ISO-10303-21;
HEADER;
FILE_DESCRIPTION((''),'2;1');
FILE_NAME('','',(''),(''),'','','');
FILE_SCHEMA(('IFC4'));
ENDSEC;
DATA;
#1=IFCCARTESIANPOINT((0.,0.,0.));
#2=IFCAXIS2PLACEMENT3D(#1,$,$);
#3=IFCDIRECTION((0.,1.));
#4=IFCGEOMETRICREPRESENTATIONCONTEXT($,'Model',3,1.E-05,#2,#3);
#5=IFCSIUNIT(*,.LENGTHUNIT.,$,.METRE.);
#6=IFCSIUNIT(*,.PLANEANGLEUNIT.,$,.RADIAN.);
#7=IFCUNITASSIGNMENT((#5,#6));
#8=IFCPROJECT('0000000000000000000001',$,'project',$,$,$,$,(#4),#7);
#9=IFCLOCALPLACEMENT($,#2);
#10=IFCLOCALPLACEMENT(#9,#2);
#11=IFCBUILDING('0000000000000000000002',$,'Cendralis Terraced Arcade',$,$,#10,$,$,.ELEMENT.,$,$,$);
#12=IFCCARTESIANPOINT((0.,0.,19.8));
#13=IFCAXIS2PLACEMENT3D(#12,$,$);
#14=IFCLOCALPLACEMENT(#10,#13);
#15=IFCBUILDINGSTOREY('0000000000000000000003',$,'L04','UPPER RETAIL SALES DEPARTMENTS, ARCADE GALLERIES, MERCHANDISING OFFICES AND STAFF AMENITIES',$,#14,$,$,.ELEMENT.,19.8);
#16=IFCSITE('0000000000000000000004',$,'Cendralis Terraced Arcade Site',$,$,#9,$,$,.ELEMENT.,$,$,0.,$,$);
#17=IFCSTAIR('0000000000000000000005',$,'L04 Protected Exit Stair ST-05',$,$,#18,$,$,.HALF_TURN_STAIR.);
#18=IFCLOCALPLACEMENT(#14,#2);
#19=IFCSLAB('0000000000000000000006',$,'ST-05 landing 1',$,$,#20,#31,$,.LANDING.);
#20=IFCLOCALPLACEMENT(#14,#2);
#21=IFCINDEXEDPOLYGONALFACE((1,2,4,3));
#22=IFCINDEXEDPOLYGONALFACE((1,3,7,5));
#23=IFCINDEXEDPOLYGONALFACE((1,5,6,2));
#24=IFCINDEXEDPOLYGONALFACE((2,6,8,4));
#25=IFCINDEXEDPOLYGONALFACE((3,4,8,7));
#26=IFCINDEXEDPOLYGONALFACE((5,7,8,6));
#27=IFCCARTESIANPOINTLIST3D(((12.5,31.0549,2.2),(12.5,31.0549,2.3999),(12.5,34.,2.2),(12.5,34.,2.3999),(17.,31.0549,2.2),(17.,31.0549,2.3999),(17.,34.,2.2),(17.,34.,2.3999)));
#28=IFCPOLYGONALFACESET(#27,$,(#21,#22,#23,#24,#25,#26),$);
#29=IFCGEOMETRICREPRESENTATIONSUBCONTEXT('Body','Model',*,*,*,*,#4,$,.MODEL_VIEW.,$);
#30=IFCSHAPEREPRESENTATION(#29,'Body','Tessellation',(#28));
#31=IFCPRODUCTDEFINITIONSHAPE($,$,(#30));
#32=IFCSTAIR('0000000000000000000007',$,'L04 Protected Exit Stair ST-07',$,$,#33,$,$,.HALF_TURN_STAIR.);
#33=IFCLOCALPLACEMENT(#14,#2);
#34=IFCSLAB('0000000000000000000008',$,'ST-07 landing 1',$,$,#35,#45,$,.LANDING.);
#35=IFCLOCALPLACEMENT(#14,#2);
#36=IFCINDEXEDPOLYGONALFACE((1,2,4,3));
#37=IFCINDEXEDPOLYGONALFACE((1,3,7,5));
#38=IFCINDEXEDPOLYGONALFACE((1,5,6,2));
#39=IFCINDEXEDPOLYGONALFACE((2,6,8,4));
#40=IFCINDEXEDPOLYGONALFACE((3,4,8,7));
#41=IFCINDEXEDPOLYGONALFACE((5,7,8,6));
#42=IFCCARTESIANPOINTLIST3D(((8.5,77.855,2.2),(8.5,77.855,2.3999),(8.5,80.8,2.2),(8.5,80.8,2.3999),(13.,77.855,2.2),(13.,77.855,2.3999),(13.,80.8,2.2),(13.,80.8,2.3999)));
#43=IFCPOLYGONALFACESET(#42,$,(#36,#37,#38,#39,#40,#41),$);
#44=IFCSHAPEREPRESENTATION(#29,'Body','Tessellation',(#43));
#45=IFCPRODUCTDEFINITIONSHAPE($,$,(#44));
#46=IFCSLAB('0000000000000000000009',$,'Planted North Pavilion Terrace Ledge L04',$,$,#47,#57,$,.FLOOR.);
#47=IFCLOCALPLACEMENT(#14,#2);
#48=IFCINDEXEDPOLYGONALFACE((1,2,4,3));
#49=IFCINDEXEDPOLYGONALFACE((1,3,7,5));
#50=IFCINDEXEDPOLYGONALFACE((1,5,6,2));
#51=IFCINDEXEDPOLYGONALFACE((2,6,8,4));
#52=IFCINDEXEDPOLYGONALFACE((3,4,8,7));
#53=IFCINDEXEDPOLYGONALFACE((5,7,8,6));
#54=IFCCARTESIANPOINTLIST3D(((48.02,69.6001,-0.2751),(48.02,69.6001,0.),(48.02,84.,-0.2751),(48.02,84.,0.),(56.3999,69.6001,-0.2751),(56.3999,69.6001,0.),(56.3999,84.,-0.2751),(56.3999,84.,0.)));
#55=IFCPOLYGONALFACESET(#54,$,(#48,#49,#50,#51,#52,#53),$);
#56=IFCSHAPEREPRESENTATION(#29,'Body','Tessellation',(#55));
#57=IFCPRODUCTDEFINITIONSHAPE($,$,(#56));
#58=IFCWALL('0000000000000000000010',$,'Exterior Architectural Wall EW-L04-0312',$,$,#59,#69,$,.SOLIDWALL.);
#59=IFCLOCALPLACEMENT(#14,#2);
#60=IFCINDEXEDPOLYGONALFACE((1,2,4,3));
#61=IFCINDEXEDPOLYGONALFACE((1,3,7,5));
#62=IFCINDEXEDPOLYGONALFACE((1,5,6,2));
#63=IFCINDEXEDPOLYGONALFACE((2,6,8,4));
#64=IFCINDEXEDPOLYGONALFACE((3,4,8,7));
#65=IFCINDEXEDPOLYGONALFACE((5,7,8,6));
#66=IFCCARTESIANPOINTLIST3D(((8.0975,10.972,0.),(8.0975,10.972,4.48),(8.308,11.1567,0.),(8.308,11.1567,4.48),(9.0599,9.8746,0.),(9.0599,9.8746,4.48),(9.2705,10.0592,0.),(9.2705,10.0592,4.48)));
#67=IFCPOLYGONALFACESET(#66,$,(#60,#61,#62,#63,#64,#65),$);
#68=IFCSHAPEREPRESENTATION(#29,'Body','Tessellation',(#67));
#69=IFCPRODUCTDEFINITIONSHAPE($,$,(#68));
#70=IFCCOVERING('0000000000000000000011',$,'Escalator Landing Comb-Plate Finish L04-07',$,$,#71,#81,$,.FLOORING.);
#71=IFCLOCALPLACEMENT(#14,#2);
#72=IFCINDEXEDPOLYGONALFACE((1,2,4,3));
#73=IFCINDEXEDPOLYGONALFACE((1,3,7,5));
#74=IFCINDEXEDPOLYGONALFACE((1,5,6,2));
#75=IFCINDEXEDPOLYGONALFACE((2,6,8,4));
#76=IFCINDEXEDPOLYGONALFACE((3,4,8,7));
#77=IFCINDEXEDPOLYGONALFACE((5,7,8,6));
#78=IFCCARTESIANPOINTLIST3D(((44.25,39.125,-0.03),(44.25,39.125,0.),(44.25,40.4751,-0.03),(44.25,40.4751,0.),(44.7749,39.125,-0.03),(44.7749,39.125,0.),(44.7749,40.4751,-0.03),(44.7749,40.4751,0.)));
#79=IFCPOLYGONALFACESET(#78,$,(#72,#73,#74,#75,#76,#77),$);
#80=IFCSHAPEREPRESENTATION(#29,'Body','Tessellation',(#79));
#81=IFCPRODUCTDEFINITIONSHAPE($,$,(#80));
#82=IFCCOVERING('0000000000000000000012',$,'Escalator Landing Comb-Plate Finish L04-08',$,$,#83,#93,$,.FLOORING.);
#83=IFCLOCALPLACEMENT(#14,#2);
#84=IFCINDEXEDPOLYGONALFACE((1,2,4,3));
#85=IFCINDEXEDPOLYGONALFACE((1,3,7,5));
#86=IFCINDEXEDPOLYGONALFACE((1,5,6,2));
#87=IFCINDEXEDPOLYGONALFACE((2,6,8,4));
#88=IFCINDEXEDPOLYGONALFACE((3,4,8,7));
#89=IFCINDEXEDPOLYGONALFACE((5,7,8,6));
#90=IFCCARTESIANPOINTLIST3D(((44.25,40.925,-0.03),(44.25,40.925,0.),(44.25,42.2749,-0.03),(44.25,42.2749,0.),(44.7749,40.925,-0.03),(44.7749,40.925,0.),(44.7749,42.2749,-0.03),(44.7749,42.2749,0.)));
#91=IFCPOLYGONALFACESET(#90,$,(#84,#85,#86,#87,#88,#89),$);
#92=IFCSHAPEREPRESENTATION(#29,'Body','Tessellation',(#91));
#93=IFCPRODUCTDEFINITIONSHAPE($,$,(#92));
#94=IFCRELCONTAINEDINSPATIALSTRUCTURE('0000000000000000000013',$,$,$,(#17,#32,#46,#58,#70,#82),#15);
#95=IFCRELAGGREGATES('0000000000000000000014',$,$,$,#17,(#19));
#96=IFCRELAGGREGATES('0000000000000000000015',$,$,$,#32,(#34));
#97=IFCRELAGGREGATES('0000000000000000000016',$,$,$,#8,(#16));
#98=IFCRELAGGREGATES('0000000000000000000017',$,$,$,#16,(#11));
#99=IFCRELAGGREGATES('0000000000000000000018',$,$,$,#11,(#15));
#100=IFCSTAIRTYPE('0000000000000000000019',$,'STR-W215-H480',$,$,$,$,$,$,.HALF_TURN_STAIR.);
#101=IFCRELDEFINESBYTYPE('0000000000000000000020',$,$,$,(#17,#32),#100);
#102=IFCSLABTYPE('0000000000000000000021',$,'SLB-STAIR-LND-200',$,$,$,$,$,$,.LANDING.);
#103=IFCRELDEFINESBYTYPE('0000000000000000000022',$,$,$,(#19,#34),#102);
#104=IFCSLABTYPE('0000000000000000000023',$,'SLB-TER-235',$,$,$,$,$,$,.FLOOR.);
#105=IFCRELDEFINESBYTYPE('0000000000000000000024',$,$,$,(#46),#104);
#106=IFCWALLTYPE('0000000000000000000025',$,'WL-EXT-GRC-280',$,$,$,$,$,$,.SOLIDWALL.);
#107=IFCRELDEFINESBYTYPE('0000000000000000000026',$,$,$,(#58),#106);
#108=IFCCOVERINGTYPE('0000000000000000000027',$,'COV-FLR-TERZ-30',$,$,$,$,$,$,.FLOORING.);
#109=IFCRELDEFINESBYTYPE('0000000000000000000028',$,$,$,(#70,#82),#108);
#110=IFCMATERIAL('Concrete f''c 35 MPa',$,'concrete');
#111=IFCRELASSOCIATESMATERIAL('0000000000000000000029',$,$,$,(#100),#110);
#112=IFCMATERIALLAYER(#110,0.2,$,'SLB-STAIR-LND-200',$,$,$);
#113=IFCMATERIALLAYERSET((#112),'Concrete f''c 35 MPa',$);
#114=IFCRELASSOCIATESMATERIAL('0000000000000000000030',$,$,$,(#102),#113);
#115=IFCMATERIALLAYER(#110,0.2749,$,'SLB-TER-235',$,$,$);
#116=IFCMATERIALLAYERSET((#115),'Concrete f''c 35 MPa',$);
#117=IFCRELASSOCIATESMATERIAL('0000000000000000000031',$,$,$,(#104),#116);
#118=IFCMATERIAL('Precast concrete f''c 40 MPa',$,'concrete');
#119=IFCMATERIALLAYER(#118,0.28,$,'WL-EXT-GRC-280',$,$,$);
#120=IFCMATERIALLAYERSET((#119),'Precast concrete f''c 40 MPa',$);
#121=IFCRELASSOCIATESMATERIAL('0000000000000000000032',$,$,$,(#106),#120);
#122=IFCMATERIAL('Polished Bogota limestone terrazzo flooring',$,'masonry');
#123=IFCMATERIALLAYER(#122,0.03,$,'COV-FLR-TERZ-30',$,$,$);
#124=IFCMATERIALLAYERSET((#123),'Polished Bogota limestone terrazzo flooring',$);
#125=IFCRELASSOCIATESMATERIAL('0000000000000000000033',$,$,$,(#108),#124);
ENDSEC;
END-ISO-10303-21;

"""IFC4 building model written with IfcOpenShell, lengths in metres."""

from ifc_helpers import new_model, si_unit, direction, frame, frame_2d, origin, place, context, subcontext, project, spatial, polyline, rectangle, outline, extrude, material, layer, layer_set, type_object, element, aggregate, save


model = new_model("IFC4")

# Units and contexts
model_context = context("Model", 3, precision=1e-05, world=origin(), true_north=direction((0.0, 1.0)))
body_context = subcontext(model_context, "Body", "Model", "MODEL_VIEW")
ifc_project = project(units=[si_unit("LENGTHUNIT", "METRE"), si_unit("PLANEANGLEUNIT", "RADIAN")], contexts=[model_context])

# Site, building, storey
site_placement = place(None, origin())
site = spatial("IfcSite", under=ifc_project, at=site_placement, Name="Cendralis Terraced Arcade Site", CompositionType="ELEMENT", RefElevation=0.0)
building_placement = place(site_placement, origin())
building = spatial("IfcBuilding", under=site, at=building_placement, Name="Cendralis Terraced Arcade", CompositionType="ELEMENT")
storey_placement = place(building_placement, frame((0.0, 0.0, 19.8)))
storey = spatial("IfcBuildingStorey", under=building, at=storey_placement, Name="L04", Description="UPPER RETAIL SALES DEPARTMENTS, ARCADE GALLERIES, MERCHANDISING OFFICES AND STAFF AMENITIES", CompositionType="ELEMENT", Elevation=19.8)

# Shared definitions
ifc_material_1 = material(Name="Concrete f'c 35 MPa", Category="concrete")

# Stairs, slabs
stair_type = type_object("IfcStairType", Name="STR-W215-H480", PredefinedType="HALF_TURN_STAIR", material=ifc_material_1)
ifc_layer_1 = layer(ifc_material_1, 0.2, Name="SLB-STAIR-LND-200")
ifc_layer_set_1 = layer_set([ifc_layer_1], Name="Concrete f'c 35 MPa")
slab_type_1 = type_object("IfcSlabType", Name="SLB-STAIR-LND-200", PredefinedType="LANDING", material=ifc_layer_set_1)
stair_1_placement = place(storey_placement, origin())
stair_1 = element("IfcStair", 1, at=stair_1_placement, inside=storey, type_object=stair_type, Name="L04 Protected Exit Stair ST-05", PredefinedType="HALF_TURN_STAIR")
slab_1_placement = place(storey_placement, frame((0.0, 0.0, 2.2)))
slab_1 = element("IfcSlab", 2, at=slab_1_placement, type_object=slab_type_1, Name="ST-05 landing 1", PredefinedType="LANDING", context=body_context, shape_type="SweptSolid", body=[
    extrude(outline(polyline([(17.0, 31.0549), (17.0, 34.0), (12.5, 34.0), (12.5, 31.0549), (17.0, 31.0549)])), origin(), (0.0, 0.0, 1.0), 0.2),
])
aggregate(stair_1, [slab_1])
stair_2_placement = place(storey_placement, origin())
stair_2 = element("IfcStair", 3, at=stair_2_placement, inside=storey, type_object=stair_type, Name="L04 Protected Exit Stair ST-07", PredefinedType="HALF_TURN_STAIR")
slab_2_placement = place(storey_placement, frame((0.0, 0.0, 2.2)))
slab_2 = element("IfcSlab", 4, at=slab_2_placement, type_object=slab_type_1, Name="ST-07 landing 1", PredefinedType="LANDING", context=body_context, shape_type="SweptSolid", body=[
    extrude(outline(polyline([(13.0, 77.855), (13.0, 80.8), (8.5, 80.8), (8.5, 77.855), (13.0, 77.855)])), origin(), (0.0, 0.0, 1.0), 0.2),
])
aggregate(stair_2, [slab_2])

# Slab
ifc_layer_2 = layer(ifc_material_1, 0.2749, Name="SLB-TER-235")
ifc_layer_set_2 = layer_set([ifc_layer_2], Name="Concrete f'c 35 MPa")
slab_type_2 = type_object("IfcSlabType", Name="SLB-TER-235", PredefinedType="FLOOR", material=ifc_layer_set_2)
slab_3_placement = place(storey_placement, frame((0.0, 0.0, -0.2751)))
element("IfcSlab", 5, at=slab_3_placement, inside=storey, type_object=slab_type_2, Name="Planted North Pavilion Terrace Ledge L04", PredefinedType="FLOOR", context=body_context, shape_type="SweptSolid", body=[
    extrude(outline(polyline([(56.3999, 84.0), (56.3999, 69.6001), (48.02, 69.6001), (48.02, 84.0), (56.3999, 84.0)])), origin(), (0.0, 0.0, 1.0), 0.2751),
])

# Wall
ifc_material_2 = material(Name="Precast concrete f'c 40 MPa", Category="concrete")
ifc_layer_3 = layer(ifc_material_2, 0.28, Name="WL-EXT-GRC-280")
ifc_layer_set_3 = layer_set([ifc_layer_3], Name="Precast concrete f'c 40 MPa")
wall_type = type_object("IfcWallType", Name="WL-EXT-GRC-280", PredefinedType="SOLIDWALL", material=ifc_layer_set_3)
wall_placement = place(storey_placement, frame((9.1653, 9.9668, 0.0), z_axis=(0.0, 0.0, 1.0), x_axis=(-0.659345, 0.751841, 0.0)))
element("IfcWall", 6, at=wall_placement, inside=storey, type_object=wall_type, Name="Exterior Architectural Wall EW-L04-0312", PredefinedType="SOLIDWALL", context=body_context, shape_type="SweptSolid", body=[
    extrude(rectangle(XDim=1.4597, YDim=0.28, at=frame_2d((0.73, 0.0))), origin(), (0.0, 0.0, 1.0), 4.48),
])

# Coverings
ifc_material_3 = material(Name="Polished Bogota limestone terrazzo flooring", Category="masonry")
ifc_layer_4 = layer(ifc_material_3, 0.03, Name="COV-FLR-TERZ-30")
ifc_layer_set_4 = layer_set([ifc_layer_4], Name="Polished Bogota limestone terrazzo flooring")
covering_type_1 = type_object("IfcCoveringType", Name="COV-FLR-TERZ-30", PredefinedType="FLOORING", material=ifc_layer_set_4)
covering_1_placement = place(storey_placement, frame((0.0, 0.0, -0.03)))
element("IfcCovering", 7, at=covering_1_placement, inside=storey, type_object=covering_type_1, Name="Escalator Landing Comb-Plate Finish L04-07", PredefinedType="FLOORING", context=body_context, shape_type="SweptSolid", body=[
    extrude(outline(polyline([(44.25, 39.125), (44.7749, 39.125), (44.7749, 40.4751), (44.25, 40.4751), (44.25, 39.125)])), origin(), (0.0, 0.0, 1.0), 0.03),
])
covering_2_placement = place(storey_placement, frame((0.0, 0.0, -0.03)))
element("IfcCovering", 8, at=covering_2_placement, inside=storey, type_object=covering_type_1, Name="Escalator Landing Comb-Plate Finish L04-08", PredefinedType="FLOORING", context=body_context, shape_type="SweptSolid", body=[
    extrude(outline(polyline([(44.25, 40.925), (44.7749, 40.925), (44.7749, 42.2749), (44.25, 42.2749), (44.25, 40.925)])), origin(), (0.0, 0.0, 1.0), 0.03),
])

save(model, "model.ifc")
